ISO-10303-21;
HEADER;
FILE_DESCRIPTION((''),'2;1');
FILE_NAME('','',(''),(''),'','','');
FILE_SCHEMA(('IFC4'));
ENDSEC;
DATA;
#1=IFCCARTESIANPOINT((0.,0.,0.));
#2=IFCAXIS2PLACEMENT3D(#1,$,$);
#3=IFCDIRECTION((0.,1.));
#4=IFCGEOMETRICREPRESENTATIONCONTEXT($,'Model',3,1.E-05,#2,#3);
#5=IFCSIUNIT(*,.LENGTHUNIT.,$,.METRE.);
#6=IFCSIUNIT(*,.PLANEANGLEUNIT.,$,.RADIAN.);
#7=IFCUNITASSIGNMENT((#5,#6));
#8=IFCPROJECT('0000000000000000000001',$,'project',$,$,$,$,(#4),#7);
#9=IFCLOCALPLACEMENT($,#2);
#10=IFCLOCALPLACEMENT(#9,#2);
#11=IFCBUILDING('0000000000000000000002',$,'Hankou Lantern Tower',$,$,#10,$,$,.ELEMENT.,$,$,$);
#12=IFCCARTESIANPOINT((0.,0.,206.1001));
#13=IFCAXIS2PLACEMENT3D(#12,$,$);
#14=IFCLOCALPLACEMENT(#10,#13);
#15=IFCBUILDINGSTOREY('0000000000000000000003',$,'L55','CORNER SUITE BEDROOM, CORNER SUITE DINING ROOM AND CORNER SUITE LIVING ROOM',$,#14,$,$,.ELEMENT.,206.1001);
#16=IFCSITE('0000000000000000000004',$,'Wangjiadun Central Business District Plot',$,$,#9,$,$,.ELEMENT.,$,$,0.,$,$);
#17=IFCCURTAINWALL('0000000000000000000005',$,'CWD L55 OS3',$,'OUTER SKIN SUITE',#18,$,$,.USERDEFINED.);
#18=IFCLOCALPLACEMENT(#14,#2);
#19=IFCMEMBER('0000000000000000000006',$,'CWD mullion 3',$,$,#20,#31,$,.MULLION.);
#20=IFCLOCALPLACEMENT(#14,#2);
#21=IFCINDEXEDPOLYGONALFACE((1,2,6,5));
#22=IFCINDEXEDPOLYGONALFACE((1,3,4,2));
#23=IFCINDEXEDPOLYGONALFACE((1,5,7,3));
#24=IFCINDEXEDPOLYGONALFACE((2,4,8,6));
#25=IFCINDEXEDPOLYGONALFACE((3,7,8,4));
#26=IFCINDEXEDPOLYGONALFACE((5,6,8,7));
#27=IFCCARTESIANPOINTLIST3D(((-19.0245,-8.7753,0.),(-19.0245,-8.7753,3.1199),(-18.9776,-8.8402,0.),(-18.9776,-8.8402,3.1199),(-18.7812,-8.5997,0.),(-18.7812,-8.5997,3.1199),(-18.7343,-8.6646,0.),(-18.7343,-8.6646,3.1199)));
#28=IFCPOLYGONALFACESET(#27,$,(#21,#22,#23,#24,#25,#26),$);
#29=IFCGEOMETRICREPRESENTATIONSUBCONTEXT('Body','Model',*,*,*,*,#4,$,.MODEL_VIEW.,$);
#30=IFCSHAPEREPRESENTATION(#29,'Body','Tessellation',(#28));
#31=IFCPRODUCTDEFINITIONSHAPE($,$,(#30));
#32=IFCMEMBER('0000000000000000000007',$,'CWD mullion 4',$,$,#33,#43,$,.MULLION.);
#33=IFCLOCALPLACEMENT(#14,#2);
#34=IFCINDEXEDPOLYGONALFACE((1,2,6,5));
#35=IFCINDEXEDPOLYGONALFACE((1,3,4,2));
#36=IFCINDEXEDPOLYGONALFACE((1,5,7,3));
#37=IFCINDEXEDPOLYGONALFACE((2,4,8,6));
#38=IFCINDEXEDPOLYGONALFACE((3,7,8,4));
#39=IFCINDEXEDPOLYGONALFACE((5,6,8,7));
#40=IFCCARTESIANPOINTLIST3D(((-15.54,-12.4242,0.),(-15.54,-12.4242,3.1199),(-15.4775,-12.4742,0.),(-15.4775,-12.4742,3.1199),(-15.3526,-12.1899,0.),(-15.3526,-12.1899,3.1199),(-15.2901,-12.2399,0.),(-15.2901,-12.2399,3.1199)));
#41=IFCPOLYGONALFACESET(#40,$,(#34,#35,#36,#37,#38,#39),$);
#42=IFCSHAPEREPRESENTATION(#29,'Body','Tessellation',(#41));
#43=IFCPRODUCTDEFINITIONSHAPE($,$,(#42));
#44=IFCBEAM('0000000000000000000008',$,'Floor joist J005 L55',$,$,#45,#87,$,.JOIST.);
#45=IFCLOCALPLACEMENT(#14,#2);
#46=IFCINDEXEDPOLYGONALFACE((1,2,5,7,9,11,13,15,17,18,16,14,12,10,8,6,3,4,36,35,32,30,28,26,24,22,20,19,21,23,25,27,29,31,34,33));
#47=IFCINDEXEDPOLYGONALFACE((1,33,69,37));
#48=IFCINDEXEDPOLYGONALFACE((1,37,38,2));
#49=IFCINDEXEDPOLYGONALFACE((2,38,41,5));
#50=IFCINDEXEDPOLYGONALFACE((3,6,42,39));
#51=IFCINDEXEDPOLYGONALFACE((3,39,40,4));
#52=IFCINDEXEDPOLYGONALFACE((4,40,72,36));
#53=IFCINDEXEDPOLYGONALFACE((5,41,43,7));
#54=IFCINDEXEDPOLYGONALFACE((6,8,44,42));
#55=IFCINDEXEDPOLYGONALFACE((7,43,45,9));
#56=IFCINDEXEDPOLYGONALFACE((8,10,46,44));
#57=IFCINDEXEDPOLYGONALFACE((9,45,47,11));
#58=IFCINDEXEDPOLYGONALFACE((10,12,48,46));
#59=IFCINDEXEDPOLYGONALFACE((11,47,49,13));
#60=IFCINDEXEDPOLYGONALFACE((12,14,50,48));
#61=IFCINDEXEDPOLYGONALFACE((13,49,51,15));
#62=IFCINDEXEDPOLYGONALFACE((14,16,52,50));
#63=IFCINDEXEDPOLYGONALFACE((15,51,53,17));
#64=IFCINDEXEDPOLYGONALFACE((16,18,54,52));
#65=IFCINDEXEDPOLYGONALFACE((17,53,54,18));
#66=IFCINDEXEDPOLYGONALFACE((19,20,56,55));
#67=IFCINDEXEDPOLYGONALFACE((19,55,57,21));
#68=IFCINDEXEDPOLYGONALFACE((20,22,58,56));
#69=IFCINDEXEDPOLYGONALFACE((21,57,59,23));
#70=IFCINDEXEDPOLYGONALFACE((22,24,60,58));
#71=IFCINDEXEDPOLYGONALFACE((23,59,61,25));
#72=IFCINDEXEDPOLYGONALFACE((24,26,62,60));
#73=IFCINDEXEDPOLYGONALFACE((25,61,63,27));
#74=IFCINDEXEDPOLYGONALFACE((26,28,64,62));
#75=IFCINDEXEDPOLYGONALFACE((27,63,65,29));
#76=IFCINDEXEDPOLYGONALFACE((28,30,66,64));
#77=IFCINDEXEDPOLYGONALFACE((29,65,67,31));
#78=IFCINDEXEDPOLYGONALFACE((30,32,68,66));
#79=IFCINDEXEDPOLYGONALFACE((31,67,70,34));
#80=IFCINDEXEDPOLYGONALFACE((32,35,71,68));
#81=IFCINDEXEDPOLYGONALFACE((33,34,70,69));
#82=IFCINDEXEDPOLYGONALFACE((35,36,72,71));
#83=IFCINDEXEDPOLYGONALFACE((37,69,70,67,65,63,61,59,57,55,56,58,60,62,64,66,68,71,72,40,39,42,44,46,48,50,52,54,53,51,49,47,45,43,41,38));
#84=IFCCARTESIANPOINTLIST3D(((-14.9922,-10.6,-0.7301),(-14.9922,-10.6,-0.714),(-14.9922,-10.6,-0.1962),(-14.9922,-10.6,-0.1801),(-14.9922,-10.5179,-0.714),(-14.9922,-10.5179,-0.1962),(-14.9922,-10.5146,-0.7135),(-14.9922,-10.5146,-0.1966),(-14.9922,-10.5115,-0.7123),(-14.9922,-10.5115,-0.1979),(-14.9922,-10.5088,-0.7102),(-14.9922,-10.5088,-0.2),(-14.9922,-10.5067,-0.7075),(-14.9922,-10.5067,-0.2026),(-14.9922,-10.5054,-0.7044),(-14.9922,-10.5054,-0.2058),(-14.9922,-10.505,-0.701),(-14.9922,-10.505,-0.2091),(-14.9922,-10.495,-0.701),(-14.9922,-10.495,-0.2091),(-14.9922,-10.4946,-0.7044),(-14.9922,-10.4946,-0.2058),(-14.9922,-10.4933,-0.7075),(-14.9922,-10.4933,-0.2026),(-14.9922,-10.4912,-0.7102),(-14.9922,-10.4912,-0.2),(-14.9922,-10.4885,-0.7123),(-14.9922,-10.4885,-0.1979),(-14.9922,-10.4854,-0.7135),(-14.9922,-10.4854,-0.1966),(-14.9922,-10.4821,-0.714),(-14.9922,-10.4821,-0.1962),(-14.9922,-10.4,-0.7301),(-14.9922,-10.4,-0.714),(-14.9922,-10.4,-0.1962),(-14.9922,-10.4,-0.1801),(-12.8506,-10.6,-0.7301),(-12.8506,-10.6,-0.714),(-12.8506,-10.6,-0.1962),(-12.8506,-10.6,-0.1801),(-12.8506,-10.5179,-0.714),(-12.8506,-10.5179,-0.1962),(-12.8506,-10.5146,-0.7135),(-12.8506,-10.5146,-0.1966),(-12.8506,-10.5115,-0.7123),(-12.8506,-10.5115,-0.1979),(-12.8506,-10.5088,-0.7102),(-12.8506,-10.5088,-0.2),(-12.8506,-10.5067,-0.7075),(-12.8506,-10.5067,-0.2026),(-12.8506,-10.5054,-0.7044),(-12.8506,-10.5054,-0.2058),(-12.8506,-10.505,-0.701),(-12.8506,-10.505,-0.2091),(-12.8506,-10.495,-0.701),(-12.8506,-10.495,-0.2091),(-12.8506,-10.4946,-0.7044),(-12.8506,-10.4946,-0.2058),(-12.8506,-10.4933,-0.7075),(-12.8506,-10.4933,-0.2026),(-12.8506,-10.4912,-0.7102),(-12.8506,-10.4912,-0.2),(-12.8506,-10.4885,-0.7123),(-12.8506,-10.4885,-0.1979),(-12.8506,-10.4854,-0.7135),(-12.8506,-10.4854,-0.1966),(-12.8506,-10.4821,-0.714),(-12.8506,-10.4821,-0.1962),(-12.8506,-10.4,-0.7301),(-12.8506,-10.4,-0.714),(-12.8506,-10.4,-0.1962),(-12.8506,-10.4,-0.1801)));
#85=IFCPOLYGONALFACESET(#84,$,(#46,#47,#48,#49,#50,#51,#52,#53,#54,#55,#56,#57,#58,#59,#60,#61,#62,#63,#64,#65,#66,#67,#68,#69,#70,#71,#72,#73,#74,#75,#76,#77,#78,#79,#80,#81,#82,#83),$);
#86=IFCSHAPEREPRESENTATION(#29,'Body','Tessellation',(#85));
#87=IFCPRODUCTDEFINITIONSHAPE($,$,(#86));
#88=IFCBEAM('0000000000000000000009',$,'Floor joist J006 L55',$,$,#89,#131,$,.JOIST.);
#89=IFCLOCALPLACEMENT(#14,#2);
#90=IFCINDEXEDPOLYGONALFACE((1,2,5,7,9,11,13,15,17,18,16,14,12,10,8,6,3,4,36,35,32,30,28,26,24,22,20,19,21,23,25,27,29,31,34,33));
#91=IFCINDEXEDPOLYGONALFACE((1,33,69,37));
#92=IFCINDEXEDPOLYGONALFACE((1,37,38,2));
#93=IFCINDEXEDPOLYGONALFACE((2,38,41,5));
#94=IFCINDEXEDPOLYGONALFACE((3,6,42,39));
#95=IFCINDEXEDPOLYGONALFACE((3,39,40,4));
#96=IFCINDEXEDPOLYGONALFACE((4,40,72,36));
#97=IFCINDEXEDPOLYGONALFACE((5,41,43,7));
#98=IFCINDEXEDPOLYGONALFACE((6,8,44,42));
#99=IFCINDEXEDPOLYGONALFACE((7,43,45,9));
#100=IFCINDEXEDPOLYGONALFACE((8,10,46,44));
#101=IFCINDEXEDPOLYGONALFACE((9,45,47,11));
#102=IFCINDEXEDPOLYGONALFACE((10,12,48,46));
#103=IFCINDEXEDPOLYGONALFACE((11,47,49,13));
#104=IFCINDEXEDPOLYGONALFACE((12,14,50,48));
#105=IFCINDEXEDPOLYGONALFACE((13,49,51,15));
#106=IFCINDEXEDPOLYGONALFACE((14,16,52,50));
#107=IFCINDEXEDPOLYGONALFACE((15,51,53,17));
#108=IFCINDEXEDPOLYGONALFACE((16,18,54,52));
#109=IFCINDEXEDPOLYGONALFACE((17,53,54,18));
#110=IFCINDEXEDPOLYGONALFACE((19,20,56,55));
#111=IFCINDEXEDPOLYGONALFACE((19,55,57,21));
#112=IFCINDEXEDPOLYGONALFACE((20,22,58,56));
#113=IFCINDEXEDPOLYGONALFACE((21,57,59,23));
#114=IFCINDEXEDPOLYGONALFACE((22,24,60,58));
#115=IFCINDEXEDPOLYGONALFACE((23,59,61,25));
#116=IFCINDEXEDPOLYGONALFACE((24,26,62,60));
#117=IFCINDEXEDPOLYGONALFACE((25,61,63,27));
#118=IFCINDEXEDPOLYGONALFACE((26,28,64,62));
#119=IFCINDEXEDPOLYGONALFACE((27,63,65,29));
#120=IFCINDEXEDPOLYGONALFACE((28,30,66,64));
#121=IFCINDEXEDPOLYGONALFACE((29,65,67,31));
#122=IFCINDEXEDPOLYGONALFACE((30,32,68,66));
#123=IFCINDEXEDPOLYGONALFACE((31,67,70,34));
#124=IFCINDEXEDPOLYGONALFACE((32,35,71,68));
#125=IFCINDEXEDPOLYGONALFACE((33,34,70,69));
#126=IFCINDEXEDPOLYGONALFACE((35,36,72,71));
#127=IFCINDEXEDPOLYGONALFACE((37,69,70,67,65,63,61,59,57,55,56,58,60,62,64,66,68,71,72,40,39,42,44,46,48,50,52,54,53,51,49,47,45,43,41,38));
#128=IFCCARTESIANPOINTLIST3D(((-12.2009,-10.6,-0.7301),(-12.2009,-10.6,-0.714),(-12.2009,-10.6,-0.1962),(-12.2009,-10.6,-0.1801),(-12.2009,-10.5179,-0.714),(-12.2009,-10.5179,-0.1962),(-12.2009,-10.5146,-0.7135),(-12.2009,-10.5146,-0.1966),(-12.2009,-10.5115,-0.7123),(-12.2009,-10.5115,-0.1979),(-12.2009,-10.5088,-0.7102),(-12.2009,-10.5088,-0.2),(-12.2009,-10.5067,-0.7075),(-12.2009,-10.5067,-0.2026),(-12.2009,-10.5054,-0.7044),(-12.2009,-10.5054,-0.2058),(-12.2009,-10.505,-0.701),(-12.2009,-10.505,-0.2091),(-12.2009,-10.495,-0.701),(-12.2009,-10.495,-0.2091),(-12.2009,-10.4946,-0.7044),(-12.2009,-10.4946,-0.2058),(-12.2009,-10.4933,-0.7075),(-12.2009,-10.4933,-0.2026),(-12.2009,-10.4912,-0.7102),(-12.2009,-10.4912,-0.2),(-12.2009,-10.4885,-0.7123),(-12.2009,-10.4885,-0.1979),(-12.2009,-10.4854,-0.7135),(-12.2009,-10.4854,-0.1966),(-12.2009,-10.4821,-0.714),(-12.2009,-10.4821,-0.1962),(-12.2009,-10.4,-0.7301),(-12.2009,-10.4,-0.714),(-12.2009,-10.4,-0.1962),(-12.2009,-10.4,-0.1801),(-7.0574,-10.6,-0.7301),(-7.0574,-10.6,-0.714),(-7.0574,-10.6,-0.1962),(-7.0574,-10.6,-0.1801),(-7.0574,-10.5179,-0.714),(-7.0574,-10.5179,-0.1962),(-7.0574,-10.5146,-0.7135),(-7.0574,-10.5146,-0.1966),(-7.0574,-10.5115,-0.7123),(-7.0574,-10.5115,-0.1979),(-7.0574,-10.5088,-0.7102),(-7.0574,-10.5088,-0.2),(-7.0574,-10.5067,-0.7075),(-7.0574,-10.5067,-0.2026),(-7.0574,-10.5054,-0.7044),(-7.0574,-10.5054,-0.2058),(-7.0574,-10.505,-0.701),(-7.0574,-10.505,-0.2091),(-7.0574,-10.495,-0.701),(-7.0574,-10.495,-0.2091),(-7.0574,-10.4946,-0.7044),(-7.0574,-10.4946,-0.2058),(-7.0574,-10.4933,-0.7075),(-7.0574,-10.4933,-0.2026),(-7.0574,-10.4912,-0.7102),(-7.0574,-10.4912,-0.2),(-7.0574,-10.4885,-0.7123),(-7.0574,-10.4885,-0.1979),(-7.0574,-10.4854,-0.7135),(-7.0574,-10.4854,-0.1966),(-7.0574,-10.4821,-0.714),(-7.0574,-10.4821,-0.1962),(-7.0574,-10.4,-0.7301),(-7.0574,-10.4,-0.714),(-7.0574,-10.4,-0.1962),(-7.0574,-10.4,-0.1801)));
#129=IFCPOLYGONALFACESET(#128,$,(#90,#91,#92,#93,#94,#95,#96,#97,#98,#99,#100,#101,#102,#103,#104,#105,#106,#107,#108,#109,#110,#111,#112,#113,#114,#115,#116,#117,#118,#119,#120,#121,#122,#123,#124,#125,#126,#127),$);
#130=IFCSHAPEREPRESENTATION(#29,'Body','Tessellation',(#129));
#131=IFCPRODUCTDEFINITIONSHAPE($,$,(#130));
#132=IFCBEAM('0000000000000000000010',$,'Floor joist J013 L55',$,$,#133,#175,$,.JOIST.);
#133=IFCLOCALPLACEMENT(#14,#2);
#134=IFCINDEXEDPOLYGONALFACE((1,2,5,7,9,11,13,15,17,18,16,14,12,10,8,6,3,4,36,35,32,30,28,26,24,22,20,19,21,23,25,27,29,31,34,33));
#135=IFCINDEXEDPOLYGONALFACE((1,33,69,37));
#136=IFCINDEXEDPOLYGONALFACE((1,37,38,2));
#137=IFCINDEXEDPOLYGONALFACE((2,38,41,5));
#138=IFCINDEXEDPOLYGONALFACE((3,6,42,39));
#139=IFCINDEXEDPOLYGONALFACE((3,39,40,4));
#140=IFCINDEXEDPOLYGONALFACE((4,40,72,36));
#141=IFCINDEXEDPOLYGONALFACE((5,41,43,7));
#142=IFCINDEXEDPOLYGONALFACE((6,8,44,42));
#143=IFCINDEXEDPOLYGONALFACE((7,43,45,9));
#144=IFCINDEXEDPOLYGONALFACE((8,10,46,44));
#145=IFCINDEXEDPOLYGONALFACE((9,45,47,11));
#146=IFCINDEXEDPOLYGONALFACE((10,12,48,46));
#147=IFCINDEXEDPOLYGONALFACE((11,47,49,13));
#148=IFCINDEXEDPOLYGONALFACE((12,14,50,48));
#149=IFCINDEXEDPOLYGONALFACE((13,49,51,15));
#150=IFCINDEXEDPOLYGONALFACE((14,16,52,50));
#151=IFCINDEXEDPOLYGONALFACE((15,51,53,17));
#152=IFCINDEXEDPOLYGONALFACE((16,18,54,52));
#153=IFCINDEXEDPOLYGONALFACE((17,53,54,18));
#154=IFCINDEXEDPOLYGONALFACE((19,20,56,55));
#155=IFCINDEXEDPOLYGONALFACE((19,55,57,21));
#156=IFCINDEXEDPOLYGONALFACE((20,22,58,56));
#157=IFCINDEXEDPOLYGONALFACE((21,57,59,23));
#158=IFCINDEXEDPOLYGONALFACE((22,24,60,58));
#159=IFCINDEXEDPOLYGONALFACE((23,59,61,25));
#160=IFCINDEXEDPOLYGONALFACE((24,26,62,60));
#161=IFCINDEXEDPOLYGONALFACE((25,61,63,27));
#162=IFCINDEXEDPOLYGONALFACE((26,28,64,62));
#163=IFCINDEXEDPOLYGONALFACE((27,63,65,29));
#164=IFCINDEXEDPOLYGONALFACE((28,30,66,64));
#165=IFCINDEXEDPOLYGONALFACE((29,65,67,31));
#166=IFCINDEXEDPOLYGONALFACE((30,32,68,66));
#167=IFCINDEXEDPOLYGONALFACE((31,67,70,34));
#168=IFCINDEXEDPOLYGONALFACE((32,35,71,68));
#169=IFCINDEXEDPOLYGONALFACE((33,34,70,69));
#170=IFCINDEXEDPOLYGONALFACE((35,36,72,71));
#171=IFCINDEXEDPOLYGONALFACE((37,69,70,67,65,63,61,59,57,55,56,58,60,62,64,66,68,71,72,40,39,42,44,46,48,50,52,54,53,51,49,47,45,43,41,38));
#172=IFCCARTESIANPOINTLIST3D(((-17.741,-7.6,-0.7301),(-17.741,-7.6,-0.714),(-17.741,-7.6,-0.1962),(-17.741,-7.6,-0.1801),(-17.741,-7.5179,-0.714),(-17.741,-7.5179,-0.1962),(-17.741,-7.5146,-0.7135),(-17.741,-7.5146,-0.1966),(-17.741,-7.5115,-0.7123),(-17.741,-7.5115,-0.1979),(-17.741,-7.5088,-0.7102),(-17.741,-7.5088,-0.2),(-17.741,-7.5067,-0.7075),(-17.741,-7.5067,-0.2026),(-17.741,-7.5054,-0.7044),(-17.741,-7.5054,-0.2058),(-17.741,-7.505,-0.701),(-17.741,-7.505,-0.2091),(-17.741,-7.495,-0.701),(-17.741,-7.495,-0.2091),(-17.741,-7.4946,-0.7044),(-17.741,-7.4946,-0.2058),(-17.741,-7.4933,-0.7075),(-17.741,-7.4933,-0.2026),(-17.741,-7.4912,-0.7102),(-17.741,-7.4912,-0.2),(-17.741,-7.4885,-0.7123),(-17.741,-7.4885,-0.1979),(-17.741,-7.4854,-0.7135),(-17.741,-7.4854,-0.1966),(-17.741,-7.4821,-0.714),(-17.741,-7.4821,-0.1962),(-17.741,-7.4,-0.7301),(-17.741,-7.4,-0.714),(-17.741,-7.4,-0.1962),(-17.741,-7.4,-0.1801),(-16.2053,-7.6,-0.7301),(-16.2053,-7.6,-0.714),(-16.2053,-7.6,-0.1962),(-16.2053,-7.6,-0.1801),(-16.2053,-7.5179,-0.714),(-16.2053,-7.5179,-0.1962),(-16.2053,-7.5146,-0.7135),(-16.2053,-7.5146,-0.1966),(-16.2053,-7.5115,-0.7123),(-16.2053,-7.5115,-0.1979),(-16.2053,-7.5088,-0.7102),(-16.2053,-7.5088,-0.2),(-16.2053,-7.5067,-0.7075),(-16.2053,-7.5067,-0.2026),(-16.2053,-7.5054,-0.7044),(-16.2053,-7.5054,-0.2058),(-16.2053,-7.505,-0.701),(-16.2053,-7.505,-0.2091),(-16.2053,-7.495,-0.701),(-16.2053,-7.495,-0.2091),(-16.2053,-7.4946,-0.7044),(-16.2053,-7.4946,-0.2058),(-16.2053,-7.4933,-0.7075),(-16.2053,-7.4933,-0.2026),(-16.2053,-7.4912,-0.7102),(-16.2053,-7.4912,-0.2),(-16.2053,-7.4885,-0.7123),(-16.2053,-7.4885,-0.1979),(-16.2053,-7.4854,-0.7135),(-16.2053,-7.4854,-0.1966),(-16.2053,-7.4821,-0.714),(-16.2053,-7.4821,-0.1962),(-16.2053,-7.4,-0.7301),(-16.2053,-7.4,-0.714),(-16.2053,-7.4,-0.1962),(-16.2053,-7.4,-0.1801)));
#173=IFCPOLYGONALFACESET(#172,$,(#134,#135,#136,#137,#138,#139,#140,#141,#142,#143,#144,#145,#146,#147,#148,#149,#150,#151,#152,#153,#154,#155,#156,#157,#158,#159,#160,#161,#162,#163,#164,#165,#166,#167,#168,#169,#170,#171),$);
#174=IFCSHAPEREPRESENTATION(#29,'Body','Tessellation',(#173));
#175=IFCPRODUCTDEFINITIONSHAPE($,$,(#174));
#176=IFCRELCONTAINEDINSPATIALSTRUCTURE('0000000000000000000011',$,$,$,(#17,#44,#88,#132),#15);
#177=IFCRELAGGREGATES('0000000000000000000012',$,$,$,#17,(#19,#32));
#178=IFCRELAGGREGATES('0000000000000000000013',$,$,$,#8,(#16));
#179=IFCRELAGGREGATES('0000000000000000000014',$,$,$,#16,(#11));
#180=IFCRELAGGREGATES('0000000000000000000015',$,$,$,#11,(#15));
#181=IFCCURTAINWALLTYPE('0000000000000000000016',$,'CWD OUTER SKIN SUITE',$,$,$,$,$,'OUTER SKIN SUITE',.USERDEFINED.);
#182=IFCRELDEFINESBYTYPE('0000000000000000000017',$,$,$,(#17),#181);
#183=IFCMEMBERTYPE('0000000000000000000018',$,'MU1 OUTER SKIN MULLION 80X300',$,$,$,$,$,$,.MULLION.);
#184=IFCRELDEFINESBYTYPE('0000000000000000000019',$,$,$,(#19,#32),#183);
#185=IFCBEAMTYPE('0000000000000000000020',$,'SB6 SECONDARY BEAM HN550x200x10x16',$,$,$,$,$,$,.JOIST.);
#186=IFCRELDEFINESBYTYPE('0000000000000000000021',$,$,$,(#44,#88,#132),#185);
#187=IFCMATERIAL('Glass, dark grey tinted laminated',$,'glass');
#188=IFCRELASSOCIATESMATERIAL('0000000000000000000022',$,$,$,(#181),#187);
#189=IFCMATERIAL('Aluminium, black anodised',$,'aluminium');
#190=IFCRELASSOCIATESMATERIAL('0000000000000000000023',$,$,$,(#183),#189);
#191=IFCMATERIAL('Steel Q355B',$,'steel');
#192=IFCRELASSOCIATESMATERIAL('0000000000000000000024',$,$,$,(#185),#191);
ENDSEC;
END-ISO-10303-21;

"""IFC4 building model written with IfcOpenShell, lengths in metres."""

from ifc_helpers import new_model, si_unit, direction, frame, origin, origin_2d, place, context, subcontext, project, spatial, rectangle, i_section, extrude, material, material_profile, profile_set, type_object, element, aggregate, save


model = new_model("IFC4")

# Units and contexts
model_context = context("Model", 3, precision=1e-05, world=origin(), true_north=direction((0.0, 1.0)))
body_context = subcontext(model_context, "Body", "Model", "MODEL_VIEW")
ifc_project = project(units=[si_unit("LENGTHUNIT", "METRE"), si_unit("PLANEANGLEUNIT", "RADIAN")], contexts=[model_context])

# Site, building, storey
site_placement = place(None, origin())
site = spatial("IfcSite", under=ifc_project, at=site_placement, Name="Wangjiadun Central Business District Plot", CompositionType="ELEMENT", RefElevation=0.0)
building_placement = place(site_placement, origin())
building = spatial("IfcBuilding", under=site, at=building_placement, Name="Hankou Lantern Tower", CompositionType="ELEMENT")
storey_placement = place(building_placement, frame((0.0, 0.0, 206.1001)))
storey = spatial("IfcBuildingStorey", under=building, at=storey_placement, Name="L55", Description="CORNER SUITE BEDROOM, CORNER SUITE DINING ROOM AND CORNER SUITE LIVING ROOM", CompositionType="ELEMENT", Elevation=206.1001)

# Curtain wall, members
ifc_material_1 = material(Name="Glass, dark grey tinted laminated", Category="glass")
curtain_wall_type = type_object("IfcCurtainWallType", Name="CWD OUTER SKIN SUITE", ElementType="OUTER SKIN SUITE", PredefinedType="USERDEFINED", material=ifc_material_1)
curtain_wall_placement = place(storey_placement, origin())
curtain_wall = element("IfcCurtainWall", 1, at=curtain_wall_placement, inside=storey, type_object=curtain_wall_type, Name="CWD L55 OS3", ObjectType="OUTER SKIN SUITE", PredefinedType="USERDEFINED")
ifc_material_2 = material(Name="Aluminium, black anodised", Category="aluminium")
ifc_material_profile_1 = material_profile(ifc_material_2, rectangle(XDim=0.0801, YDim=0.3, at=origin_2d()), Name="MU1 80X300")
ifc_profile_set_1 = profile_set([ifc_material_profile_1], Name="Aluminium, black anodised")
member_type_1 = type_object("IfcMemberType", Name="MU1 OUTER SKIN MULLION 80X300", PredefinedType="MULLION", material=ifc_profile_set_1)
member_1_placement = place(storey_placement, frame((-18.8794, -8.72, 0.0), z_axis=(0.0, 0.0, 1.0), x_axis=(0.585206, -0.810885, 0.0)))
member_1 = element("IfcMember", 2, at=member_1_placement, type_object=member_type_1, Name="CWD mullion 3", PredefinedType="MULLION", context=body_context, shape_type="SweptSolid", body=[
    extrude(rectangle(XDim=0.0801, YDim=0.3, at=origin_2d()), origin(), (0.0, 0.0, 1.0), 3.1199),
])
member_2_placement = place(storey_placement, frame((-15.415, -12.332, 0.0), z_axis=(0.0, 0.0, 1.0), x_axis=(0.780869, -0.624695, 0.0)))
member_2 = element("IfcMember", 3, at=member_2_placement, type_object=member_type_1, Name="CWD mullion 4", PredefinedType="MULLION", context=body_context, shape_type="SweptSolid", body=[
    extrude(rectangle(XDim=0.0801, YDim=0.3, at=origin_2d()), origin(), (0.0, 0.0, 1.0), 3.1199),
])

# Beams
ifc_material_3 = material(Name="Steel Q355B", Category="steel")
ifc_material_profile_2 = material_profile(ifc_material_3, i_section(OverallWidth=0.2, OverallDepth=0.55, WebThickness=0.01, FlangeThickness=0.0161, FilletRadius=0.0129, at=origin_2d()), Name="HN550x200x10x16")
ifc_profile_set_2 = profile_set([ifc_material_profile_2], Name="Steel Q355B")
beam_type_1 = type_object("IfcBeamType", Name="SB6 SECONDARY BEAM HN550x200x10x16", PredefinedType="JOIST", material=ifc_profile_set_2)
beam_1_placement = place(storey_placement, frame((-14.9922, -10.5, -0.4551), z_axis=(1.0, 0.0, 0.0), x_axis=(0.0, 1.0, 0.0)))
element("IfcBeam", 4, at=beam_1_placement, inside=storey, type_object=beam_type_1, Name="Floor joist J005 L55", PredefinedType="JOIST", context=body_context, shape_type="SweptSolid", body=[
    extrude(i_section(OverallWidth=0.2, OverallDepth=0.55, WebThickness=0.01, FlangeThickness=0.0161, FilletRadius=0.0129, at=origin_2d()), origin(), (0.0, 0.0, 1.0), 2.1416),
])
beam_2_placement = place(storey_placement, frame((-12.2009, -10.5, -0.4551), z_axis=(1.0, 0.0, 0.0), x_axis=(0.0, 1.0, 0.0)))
element("IfcBeam", 5, at=beam_2_placement, inside=storey, type_object=beam_type_1, Name="Floor joist J006 L55", PredefinedType="JOIST", context=body_context, shape_type="SweptSolid", body=[
    extrude(i_section(OverallWidth=0.2, OverallDepth=0.55, WebThickness=0.01, FlangeThickness=0.0161, FilletRadius=0.0129, at=origin_2d()), origin(), (0.0, 0.0, 1.0), 5.1436),
])
beam_3_placement = place(storey_placement, frame((-17.741, -7.5, -0.4551), z_axis=(1.0, 0.0, 0.0), x_axis=(0.0, 1.0, 0.0)))
element("IfcBeam", 6, at=beam_3_placement, inside=storey, type_object=beam_type_1, Name="Floor joist J013 L55", PredefinedType="JOIST", context=body_context, shape_type="SweptSolid", body=[
    extrude(i_section(OverallWidth=0.2, OverallDepth=0.55, WebThickness=0.01, FlangeThickness=0.0161, FilletRadius=0.0129, at=origin_2d()), origin(), (0.0, 0.0, 1.0), 1.5356),
])

aggregate(curtain_wall, [member_1, member_2])

save(model, "model.ifc")
